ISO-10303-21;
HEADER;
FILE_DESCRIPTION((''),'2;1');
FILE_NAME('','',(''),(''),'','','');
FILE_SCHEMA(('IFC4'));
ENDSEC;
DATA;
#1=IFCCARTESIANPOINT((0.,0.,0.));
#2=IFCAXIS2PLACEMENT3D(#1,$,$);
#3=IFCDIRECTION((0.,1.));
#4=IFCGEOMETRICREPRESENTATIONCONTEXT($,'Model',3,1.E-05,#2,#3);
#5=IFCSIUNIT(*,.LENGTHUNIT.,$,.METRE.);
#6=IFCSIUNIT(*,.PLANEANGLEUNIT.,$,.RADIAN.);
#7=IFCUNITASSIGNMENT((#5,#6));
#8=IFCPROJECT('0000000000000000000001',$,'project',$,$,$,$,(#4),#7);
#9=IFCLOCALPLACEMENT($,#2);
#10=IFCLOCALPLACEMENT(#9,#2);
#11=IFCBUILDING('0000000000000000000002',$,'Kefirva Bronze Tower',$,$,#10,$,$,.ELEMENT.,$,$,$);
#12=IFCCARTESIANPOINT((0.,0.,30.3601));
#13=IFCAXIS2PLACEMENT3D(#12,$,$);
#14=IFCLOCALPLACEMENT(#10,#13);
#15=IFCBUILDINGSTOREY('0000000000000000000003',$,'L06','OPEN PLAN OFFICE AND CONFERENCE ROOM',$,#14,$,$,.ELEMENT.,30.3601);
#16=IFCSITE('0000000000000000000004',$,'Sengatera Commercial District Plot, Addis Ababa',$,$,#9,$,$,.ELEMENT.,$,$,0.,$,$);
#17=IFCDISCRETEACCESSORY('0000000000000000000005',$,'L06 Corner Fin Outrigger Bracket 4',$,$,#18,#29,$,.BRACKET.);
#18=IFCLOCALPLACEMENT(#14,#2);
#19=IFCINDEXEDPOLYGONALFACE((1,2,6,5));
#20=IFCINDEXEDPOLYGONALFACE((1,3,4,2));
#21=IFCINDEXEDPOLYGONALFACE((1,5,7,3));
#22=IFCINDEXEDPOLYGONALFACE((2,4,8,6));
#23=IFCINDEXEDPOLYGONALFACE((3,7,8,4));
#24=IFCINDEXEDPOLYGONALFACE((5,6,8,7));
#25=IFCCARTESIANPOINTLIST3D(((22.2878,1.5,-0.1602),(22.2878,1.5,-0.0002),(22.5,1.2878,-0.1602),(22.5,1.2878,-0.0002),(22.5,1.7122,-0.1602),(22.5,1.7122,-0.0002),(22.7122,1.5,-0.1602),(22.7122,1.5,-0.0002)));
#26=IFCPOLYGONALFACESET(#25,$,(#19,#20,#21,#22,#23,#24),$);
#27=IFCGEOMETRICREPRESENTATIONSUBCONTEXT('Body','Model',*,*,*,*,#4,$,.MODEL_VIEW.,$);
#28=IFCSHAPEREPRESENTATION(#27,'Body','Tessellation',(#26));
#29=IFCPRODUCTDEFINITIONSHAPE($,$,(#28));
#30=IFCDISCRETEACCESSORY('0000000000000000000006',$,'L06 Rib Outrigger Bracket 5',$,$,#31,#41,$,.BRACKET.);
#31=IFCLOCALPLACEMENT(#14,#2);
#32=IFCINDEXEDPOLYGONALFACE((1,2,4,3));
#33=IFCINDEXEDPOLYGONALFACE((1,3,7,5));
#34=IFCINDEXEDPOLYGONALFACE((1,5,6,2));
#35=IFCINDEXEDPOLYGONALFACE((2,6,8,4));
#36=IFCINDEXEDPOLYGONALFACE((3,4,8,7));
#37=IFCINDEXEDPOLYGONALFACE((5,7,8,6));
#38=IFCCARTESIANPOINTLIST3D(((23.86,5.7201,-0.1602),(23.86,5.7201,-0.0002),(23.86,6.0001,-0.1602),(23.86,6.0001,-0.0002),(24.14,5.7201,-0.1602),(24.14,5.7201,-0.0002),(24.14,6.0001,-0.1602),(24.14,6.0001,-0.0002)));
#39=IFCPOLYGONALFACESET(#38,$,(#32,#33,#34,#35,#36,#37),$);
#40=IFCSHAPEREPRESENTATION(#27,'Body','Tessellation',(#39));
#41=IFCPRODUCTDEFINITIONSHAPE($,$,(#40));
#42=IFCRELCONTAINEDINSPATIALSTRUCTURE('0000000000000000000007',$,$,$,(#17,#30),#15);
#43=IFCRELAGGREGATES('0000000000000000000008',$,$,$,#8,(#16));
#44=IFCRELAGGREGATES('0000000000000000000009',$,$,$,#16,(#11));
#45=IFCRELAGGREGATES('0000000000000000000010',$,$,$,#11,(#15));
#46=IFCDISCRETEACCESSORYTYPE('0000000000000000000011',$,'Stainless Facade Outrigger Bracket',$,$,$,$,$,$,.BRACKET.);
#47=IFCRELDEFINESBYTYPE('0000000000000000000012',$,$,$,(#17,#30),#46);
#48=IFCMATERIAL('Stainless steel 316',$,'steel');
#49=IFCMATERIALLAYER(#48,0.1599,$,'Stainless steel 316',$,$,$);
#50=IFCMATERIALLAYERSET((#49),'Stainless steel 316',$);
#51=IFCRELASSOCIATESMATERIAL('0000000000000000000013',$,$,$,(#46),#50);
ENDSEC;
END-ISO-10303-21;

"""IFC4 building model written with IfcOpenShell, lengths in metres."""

from ifc_helpers import new_model, si_unit, direction, frame, origin, origin_2d, place, context, subcontext, project, spatial, rectangle, extrude, material, layer, layer_set, type_object, element, save


model = new_model("IFC4")

# Units and contexts
model_context = context("Model", 3, precision=1e-05, world=origin(), true_north=direction((0.0, 1.0)))
body_context = subcontext(model_context, "Body", "Model", "MODEL_VIEW")
ifc_project = project(units=[si_unit("LENGTHUNIT", "METRE"), si_unit("PLANEANGLEUNIT", "RADIAN")], contexts=[model_context])

# Site, building, storey
site_placement = place(None, origin())
site = spatial("IfcSite", under=ifc_project, at=site_placement, Name="Sengatera Commercial District Plot, Addis Ababa", CompositionType="ELEMENT", RefElevation=0.0)
building_placement = place(site_placement, origin())
building = spatial("IfcBuilding", under=site, at=building_placement, Name="Kefirva Bronze Tower", CompositionType="ELEMENT")
storey_placement = place(building_placement, frame((0.0, 0.0, 30.3601)))
storey = spatial("IfcBuildingStorey", under=building, at=storey_placement, Name="L06", Description="OPEN PLAN OFFICE AND CONFERENCE ROOM", CompositionType="ELEMENT", Elevation=30.3601)

# Discrete accessories
ifc_material_1 = material(Name="Stainless steel 316", Category="steel")
ifc_layer_1 = layer(ifc_material_1, 0.1599, Name="Stainless steel 316")
ifc_layer_set_1 = layer_set([ifc_layer_1], Name="Stainless steel 316")
discrete_accessory_type = type_object("IfcDiscreteAccessoryType", Name="Stainless Facade Outrigger Bracket", PredefinedType="BRACKET", material=ifc_layer_set_1)
discrete_accessory_1_placement = place(storey_placement, frame((22.5, 1.5, -0.1602), z_axis=(0.0, 0.0, 1.0), x_axis=(0.707107, 0.707107, 0.0)))
element("IfcDiscreteAccessory", 1, at=discrete_accessory_1_placement, inside=storey, type_object=discrete_accessory_type, Name="L06 Corner Fin Outrigger Bracket 4", PredefinedType="BRACKET", context=body_context, shape_type="SweptSolid", body=[
    extrude(rectangle(XDim=0.3, YDim=0.3, at=origin_2d()), origin(), (0.0, 0.0, 1.0), 0.1599),
])
discrete_accessory_2_placement = place(storey_placement, frame((24.0, 5.8601, -0.1602), z_axis=(0.0, 0.0, 1.0), x_axis=(0.0, 1.0, 0.0)))
element("IfcDiscreteAccessory", 2, at=discrete_accessory_2_placement, inside=storey, type_object=discrete_accessory_type, Name="L06 Rib Outrigger Bracket 5", PredefinedType="BRACKET", context=body_context, shape_type="SweptSolid", body=[
    extrude(rectangle(XDim=0.28, YDim=0.28, at=origin_2d()), origin(), (0.0, 0.0, 1.0), 0.1599),
])

save(model, "model.ifc")
